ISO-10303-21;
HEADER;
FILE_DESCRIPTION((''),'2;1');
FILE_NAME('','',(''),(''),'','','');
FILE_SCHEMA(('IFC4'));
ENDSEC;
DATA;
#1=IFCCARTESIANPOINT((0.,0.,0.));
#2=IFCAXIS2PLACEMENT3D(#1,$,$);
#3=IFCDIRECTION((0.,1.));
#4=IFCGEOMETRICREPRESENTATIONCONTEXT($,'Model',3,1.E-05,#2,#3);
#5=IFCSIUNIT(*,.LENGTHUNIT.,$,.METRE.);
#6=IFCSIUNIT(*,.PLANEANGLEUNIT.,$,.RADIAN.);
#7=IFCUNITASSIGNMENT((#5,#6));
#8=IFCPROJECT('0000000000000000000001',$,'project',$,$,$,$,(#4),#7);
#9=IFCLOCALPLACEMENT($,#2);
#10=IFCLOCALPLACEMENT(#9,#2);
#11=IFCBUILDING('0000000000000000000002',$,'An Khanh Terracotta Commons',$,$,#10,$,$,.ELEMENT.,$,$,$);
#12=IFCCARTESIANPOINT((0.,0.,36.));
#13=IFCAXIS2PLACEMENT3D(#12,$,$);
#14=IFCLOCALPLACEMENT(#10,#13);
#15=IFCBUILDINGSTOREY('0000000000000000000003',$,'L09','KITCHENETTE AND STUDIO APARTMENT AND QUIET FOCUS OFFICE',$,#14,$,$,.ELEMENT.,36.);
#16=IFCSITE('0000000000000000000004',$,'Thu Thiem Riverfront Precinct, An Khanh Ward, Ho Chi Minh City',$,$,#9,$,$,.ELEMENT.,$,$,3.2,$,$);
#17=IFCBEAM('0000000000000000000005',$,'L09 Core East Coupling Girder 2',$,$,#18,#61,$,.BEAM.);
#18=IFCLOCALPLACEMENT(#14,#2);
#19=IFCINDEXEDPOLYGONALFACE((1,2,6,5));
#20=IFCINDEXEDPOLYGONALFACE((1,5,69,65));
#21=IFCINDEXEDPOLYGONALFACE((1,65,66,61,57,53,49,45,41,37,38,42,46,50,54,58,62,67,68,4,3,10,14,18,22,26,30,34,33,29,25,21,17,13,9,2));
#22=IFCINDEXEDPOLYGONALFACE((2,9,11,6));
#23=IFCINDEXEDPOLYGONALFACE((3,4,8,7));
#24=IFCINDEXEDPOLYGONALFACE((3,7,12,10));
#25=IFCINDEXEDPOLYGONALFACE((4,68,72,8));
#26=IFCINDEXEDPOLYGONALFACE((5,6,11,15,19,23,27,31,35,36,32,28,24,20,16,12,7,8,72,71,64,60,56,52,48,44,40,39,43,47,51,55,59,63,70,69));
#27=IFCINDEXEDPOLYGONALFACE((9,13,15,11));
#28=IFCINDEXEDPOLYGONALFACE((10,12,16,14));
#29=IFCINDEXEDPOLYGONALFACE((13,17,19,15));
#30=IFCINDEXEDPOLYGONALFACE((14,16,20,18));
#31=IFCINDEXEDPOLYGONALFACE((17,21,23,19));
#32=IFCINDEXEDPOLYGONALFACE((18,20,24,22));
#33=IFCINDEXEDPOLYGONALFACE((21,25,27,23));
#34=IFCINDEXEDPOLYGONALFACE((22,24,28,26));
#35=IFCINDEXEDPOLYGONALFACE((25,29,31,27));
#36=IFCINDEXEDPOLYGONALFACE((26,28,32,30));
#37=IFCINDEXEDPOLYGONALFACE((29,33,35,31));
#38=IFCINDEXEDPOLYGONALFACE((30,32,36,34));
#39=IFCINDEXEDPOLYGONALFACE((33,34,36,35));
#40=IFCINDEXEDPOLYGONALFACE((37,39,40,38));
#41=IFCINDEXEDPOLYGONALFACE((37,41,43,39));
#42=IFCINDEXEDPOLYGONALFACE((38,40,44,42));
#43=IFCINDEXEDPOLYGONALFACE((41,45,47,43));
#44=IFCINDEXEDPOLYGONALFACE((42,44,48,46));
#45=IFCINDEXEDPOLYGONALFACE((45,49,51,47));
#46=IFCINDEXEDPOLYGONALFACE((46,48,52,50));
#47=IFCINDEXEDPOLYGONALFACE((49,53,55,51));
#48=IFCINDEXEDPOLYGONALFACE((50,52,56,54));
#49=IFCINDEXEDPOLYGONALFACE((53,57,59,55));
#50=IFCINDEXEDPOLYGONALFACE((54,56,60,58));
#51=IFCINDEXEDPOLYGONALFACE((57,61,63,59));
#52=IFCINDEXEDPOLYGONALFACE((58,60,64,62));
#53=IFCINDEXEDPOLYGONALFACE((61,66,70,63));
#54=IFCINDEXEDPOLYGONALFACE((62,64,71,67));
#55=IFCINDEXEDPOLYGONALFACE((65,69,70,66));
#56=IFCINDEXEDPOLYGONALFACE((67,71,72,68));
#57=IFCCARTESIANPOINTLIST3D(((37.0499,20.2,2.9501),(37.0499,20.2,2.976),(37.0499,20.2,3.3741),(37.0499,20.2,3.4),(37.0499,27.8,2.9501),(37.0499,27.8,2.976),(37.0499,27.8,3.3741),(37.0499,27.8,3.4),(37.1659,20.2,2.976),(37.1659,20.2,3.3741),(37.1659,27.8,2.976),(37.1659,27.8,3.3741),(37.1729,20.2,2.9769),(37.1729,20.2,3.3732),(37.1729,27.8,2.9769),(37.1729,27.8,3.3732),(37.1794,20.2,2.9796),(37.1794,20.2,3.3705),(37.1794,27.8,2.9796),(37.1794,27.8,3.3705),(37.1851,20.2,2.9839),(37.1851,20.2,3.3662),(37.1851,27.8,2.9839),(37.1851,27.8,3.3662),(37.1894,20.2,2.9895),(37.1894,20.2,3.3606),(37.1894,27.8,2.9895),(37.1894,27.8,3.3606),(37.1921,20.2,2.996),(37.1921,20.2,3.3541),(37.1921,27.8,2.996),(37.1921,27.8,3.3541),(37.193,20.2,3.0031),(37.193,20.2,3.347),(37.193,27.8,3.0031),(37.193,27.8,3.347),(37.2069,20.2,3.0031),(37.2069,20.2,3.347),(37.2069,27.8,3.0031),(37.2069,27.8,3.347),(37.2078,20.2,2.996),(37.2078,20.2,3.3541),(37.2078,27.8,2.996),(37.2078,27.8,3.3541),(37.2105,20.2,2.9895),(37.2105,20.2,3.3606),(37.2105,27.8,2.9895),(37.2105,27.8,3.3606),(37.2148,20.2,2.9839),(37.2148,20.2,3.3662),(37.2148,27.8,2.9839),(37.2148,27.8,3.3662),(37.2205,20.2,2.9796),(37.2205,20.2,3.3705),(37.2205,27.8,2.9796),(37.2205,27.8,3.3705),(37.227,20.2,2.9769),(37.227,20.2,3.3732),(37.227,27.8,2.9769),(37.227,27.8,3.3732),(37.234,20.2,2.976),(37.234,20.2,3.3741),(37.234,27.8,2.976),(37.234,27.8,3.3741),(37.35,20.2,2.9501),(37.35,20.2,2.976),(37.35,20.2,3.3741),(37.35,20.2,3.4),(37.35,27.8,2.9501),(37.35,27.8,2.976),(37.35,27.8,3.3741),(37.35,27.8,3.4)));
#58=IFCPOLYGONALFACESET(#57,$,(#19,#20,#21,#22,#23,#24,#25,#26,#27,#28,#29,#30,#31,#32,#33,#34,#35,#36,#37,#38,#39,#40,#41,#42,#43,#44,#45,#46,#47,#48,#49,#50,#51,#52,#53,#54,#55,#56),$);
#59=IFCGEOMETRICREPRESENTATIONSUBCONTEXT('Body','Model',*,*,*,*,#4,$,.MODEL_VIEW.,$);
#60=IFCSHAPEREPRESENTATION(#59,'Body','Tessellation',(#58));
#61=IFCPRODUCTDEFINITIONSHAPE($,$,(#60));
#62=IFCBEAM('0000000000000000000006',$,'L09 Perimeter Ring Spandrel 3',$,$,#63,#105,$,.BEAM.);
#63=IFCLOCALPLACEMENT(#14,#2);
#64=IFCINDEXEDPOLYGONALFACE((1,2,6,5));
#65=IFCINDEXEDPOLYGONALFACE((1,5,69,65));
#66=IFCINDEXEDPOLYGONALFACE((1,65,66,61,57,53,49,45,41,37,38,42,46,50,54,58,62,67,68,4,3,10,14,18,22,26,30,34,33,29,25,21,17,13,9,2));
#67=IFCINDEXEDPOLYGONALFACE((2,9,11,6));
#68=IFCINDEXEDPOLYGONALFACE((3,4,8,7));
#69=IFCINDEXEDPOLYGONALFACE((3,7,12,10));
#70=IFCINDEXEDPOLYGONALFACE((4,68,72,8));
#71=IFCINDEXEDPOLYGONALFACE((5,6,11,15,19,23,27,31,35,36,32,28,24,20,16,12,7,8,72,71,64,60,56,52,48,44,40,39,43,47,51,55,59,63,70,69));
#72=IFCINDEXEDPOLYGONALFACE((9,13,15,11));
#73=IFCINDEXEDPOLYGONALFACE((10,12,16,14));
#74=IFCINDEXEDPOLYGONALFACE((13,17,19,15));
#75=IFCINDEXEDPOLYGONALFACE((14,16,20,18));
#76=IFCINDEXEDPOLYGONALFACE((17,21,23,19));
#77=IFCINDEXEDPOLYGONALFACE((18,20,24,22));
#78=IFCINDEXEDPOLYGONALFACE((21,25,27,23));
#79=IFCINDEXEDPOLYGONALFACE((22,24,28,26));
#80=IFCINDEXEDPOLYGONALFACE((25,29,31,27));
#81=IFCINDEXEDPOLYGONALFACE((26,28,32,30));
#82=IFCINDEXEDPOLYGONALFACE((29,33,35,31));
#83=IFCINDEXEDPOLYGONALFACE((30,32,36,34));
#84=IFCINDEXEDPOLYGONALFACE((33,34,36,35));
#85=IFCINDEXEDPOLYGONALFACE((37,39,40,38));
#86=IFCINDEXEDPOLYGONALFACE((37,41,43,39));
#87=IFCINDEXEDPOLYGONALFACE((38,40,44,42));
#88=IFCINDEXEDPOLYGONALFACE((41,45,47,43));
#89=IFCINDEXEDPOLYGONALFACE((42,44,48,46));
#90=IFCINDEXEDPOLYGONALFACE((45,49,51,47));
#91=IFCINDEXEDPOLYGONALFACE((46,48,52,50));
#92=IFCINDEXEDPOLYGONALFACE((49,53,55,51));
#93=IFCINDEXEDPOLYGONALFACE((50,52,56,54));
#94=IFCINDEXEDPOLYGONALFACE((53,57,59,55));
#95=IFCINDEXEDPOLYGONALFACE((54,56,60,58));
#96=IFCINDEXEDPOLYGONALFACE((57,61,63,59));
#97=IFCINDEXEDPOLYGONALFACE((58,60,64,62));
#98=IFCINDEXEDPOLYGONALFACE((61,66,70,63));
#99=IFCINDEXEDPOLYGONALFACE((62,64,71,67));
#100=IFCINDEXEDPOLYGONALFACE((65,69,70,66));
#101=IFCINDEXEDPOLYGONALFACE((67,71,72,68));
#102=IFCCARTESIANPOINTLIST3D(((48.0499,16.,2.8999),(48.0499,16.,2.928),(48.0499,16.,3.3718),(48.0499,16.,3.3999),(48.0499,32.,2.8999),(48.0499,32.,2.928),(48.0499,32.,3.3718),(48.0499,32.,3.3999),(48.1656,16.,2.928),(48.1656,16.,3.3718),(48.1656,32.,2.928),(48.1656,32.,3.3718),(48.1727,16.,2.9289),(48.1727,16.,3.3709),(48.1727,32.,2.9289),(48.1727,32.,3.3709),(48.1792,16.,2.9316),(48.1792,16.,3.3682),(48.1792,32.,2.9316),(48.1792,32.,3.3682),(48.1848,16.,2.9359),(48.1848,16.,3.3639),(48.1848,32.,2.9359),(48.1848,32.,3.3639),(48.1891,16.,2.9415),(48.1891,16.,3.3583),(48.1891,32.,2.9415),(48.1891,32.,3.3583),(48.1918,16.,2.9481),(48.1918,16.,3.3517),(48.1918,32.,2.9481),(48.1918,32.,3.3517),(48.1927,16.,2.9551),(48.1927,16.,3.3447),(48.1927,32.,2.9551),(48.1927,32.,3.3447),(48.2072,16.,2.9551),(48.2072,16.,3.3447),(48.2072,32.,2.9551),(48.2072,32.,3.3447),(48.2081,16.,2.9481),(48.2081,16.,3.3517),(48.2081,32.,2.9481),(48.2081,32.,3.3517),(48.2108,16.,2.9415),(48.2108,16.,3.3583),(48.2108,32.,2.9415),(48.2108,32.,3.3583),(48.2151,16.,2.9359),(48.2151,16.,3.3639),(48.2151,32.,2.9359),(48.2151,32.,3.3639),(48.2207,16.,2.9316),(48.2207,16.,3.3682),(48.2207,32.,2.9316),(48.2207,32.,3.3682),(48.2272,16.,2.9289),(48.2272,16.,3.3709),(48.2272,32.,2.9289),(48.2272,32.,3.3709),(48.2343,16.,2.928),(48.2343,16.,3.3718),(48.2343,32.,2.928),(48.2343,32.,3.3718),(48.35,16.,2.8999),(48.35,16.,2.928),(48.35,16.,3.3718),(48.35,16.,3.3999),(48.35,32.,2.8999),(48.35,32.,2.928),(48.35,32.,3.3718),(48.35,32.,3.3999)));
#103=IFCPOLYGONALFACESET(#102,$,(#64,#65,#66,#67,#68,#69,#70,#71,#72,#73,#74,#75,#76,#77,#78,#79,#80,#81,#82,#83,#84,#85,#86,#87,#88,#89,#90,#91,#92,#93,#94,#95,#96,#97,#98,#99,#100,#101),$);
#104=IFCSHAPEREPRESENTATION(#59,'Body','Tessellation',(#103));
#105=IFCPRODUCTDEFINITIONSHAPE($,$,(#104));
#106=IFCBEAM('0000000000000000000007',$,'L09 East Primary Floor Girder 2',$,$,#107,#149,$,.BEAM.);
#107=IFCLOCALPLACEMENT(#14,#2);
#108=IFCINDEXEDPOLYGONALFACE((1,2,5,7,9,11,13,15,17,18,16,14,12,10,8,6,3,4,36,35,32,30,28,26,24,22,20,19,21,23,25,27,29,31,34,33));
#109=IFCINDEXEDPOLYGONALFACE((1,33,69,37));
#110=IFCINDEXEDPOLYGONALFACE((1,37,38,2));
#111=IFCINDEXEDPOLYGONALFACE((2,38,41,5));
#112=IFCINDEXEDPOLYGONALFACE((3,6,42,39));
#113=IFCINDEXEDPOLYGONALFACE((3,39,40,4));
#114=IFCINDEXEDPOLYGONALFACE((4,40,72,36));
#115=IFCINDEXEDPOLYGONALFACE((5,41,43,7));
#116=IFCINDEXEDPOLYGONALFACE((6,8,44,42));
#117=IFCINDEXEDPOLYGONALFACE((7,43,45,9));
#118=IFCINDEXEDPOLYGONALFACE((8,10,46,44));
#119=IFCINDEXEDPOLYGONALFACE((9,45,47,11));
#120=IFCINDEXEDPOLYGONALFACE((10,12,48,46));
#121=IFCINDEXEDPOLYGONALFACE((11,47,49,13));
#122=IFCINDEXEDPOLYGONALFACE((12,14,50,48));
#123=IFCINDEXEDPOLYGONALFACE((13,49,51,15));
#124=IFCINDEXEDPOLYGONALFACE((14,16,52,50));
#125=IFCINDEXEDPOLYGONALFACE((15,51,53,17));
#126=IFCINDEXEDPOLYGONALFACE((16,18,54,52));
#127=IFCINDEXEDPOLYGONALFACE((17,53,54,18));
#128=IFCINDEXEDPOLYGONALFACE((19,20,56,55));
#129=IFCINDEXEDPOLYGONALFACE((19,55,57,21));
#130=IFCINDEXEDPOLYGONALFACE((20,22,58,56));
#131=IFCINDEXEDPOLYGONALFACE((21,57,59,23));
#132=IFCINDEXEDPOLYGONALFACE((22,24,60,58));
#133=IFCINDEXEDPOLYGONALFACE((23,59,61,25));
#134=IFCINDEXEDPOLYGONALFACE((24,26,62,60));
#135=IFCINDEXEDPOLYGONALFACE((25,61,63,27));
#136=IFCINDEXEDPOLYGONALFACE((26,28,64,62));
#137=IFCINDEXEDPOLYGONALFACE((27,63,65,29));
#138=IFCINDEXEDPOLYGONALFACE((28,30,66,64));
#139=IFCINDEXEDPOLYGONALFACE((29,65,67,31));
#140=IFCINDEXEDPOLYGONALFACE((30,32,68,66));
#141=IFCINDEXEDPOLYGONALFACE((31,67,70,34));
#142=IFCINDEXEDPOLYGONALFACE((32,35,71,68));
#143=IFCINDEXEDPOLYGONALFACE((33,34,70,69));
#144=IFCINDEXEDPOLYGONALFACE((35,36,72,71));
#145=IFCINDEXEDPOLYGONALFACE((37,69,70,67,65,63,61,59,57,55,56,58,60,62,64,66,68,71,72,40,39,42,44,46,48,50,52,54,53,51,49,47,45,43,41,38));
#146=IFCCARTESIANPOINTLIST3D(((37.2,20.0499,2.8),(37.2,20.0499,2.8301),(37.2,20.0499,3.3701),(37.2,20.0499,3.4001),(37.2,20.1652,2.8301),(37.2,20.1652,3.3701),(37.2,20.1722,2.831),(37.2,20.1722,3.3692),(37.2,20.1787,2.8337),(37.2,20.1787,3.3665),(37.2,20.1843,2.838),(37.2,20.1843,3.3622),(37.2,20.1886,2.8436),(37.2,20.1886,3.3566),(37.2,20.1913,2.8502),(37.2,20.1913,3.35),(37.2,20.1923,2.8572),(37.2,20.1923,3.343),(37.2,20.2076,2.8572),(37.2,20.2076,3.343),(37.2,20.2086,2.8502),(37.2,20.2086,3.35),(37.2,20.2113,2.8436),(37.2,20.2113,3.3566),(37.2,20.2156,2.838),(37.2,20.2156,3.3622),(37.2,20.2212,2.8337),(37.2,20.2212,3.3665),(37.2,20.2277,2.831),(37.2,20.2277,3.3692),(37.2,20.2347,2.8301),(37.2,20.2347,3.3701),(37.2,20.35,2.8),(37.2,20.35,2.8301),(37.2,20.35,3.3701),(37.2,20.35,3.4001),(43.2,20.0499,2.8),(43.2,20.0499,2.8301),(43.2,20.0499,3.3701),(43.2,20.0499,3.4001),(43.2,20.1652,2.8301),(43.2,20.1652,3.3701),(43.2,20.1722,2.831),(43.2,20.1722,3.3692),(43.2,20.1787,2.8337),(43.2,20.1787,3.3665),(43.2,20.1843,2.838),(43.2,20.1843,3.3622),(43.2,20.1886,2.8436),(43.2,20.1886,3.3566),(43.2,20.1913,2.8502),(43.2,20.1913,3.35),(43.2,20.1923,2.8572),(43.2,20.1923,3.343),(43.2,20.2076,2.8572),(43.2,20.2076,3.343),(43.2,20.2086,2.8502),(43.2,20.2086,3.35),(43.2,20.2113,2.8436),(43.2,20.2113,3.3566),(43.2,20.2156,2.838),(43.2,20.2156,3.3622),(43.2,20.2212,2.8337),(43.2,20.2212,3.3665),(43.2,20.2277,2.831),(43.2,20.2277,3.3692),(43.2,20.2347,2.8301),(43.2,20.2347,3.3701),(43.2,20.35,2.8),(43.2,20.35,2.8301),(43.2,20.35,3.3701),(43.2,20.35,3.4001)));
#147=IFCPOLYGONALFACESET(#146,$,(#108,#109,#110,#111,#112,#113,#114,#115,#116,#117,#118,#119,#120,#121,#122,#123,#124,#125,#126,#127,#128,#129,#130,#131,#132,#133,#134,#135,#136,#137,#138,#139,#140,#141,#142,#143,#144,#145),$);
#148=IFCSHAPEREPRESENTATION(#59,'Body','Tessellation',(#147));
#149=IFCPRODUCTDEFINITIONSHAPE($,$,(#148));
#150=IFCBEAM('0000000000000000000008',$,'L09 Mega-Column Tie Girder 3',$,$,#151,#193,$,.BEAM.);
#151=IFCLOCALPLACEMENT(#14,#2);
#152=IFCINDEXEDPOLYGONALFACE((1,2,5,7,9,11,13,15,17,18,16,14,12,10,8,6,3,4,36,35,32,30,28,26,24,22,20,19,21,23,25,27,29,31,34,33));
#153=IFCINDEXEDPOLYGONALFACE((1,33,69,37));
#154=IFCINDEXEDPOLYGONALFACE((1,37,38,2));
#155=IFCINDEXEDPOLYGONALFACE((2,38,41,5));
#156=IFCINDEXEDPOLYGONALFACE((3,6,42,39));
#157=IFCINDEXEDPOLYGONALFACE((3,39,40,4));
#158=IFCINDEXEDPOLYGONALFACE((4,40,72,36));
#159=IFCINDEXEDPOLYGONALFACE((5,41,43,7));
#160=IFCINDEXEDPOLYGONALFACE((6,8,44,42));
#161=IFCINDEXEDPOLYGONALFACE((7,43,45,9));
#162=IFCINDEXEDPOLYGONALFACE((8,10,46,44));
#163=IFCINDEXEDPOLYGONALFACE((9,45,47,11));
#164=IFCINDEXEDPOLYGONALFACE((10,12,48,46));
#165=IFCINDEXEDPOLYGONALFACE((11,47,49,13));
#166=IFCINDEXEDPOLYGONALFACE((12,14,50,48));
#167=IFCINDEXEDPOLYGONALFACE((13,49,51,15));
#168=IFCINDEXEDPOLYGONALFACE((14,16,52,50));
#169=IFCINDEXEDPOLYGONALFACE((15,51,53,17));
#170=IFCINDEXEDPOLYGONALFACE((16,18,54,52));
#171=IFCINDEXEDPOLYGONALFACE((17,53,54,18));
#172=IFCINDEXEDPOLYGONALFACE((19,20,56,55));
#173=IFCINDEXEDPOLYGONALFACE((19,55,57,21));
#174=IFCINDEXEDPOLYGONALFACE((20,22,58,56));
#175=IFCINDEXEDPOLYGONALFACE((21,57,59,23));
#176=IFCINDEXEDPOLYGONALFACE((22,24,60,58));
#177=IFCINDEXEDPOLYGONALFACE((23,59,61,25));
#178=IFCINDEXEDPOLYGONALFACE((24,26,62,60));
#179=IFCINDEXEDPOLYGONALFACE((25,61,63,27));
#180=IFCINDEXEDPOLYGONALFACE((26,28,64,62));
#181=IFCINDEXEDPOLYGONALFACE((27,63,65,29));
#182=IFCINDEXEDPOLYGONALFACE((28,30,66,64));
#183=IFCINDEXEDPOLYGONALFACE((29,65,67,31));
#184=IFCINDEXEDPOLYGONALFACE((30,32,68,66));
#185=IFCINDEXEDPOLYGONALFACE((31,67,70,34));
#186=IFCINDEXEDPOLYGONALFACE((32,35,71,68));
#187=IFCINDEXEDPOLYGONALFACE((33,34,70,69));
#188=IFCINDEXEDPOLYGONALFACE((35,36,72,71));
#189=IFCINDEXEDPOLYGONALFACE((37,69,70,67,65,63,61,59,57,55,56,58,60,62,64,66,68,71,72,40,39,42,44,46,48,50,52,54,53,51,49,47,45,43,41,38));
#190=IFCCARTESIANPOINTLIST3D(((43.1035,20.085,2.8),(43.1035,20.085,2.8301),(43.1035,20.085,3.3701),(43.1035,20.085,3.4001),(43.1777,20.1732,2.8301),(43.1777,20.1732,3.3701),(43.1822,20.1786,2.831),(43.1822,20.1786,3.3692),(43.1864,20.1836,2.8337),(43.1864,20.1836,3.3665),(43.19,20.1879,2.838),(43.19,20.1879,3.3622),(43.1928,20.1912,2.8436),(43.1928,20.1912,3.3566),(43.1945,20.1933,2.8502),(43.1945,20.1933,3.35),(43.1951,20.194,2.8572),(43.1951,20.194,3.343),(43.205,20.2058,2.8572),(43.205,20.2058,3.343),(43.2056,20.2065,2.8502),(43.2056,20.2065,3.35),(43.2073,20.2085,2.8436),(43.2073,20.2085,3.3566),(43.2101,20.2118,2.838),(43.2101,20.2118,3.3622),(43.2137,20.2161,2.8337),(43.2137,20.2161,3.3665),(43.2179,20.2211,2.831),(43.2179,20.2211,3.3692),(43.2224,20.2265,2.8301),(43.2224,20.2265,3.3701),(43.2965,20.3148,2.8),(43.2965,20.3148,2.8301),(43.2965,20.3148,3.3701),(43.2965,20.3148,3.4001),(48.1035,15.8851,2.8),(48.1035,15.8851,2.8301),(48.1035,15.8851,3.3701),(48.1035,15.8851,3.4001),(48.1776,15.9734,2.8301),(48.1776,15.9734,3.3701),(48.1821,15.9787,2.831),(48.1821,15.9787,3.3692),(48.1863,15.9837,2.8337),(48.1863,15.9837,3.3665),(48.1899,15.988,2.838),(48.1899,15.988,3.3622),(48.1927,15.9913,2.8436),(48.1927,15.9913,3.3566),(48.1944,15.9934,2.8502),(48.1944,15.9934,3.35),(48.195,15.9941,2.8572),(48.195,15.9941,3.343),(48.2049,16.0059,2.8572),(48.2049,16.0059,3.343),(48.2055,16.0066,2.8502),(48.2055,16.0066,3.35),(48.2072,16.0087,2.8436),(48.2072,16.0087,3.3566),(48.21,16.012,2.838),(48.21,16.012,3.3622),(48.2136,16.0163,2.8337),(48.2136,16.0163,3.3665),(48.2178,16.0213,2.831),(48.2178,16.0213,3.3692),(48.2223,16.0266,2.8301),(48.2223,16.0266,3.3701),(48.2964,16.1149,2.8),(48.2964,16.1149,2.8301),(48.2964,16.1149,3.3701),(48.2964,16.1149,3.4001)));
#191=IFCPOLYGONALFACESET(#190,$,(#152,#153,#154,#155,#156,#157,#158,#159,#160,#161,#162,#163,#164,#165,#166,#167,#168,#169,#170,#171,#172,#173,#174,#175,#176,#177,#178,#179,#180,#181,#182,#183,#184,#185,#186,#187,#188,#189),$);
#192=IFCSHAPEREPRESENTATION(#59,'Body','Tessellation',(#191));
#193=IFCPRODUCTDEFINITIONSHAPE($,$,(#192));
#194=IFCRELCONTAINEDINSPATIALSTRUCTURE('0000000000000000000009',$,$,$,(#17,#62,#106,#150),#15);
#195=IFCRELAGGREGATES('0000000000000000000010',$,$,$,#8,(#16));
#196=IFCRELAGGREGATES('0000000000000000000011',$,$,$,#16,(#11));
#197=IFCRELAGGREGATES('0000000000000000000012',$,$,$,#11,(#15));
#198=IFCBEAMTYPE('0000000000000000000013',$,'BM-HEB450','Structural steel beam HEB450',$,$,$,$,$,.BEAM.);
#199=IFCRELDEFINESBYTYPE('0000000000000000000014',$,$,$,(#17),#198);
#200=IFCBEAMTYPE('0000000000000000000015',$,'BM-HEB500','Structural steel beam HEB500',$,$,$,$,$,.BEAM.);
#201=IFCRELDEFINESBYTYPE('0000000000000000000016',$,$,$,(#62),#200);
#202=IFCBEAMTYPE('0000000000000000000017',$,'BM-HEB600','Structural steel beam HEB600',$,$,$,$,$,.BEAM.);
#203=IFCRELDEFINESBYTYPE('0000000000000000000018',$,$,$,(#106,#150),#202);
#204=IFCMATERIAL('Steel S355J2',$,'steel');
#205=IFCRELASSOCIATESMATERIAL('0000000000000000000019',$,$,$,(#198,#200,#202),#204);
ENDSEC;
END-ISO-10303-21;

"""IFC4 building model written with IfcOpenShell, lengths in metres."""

from ifc_helpers import new_model, si_unit, direction, frame, origin, origin_2d, place, context, subcontext, project, spatial, i_section, extrude, material, material_profile, profile_set, type_object, element, save


model = new_model("IFC4")

# Units and contexts
model_context = context("Model", 3, precision=1e-05, world=origin(), true_north=direction((0.0, 1.0)))
body_context = subcontext(model_context, "Body", "Model", "MODEL_VIEW")
ifc_project = project(units=[si_unit("LENGTHUNIT", "METRE"), si_unit("PLANEANGLEUNIT", "RADIAN")], contexts=[model_context])

# Site, building, storey
site_placement = place(None, origin())
site = spatial("IfcSite", under=ifc_project, at=site_placement, Name="Thu Thiem Riverfront Precinct, An Khanh Ward, Ho Chi Minh City", CompositionType="ELEMENT", RefElevation=3.2)
building_placement = place(site_placement, origin())
building = spatial("IfcBuilding", under=site, at=building_placement, Name="An Khanh Terracotta Commons", CompositionType="ELEMENT")
storey_placement = place(building_placement, frame((0.0, 0.0, 36.0)))
storey = spatial("IfcBuildingStorey", under=building, at=storey_placement, Name="L09", Description="KITCHENETTE AND STUDIO APARTMENT AND QUIET FOCUS OFFICE", CompositionType="ELEMENT", Elevation=36.0)

# Beams
ifc_material_1 = material(Name="Steel S355J2", Category="steel")
ifc_material_profile_1 = material_profile(ifc_material_1, i_section(OverallWidth=0.3, OverallDepth=0.45, WebThickness=0.0139, FlangeThickness=0.0259, FilletRadius=0.0271, at=origin_2d()), Name="HEB450")
ifc_profile_set_1 = profile_set([ifc_material_profile_1], Name="Steel S355J2")
beam_type_1 = type_object("IfcBeamType", Name="BM-HEB450", Description="Structural steel beam HEB450", PredefinedType="BEAM", material=ifc_profile_set_1)
beam_1_placement = place(storey_placement, frame((37.2, 20.2, 3.175), z_axis=(0.0, 1.0, 0.0), x_axis=(-1.0, 0.0, 0.0)))
element("IfcBeam", 1, at=beam_1_placement, inside=storey, type_object=beam_type_1, Name="L09 Core East Coupling Girder 2", PredefinedType="BEAM", context=body_context, shape_type="SweptSolid", body=[
    extrude(i_section(OverallWidth=0.3, OverallDepth=0.45, WebThickness=0.0139, FlangeThickness=0.0259, FilletRadius=0.0271, at=origin_2d()), origin(), (0.0, 0.0, 1.0), 7.6001),
])
ifc_material_profile_2 = material_profile(ifc_material_1, i_section(OverallWidth=0.3, OverallDepth=0.5, WebThickness=0.0144, FlangeThickness=0.0281, FilletRadius=0.0271, at=origin_2d()), Name="HEB500")
ifc_profile_set_2 = profile_set([ifc_material_profile_2], Name="Steel S355J2")
beam_type_2 = type_object("IfcBeamType", Name="BM-HEB500", Description="Structural steel beam HEB500", PredefinedType="BEAM", material=ifc_profile_set_2)
beam_2_placement = place(storey_placement, frame((48.2, 16.0, 3.1499), z_axis=(0.0, 1.0, 0.0), x_axis=(-1.0, 0.0, 0.0)))
element("IfcBeam", 2, at=beam_2_placement, inside=storey, type_object=beam_type_2, Name="L09 Perimeter Ring Spandrel 3", PredefinedType="BEAM", context=body_context, shape_type="SweptSolid", body=[
    extrude(i_section(OverallWidth=0.3, OverallDepth=0.5, WebThickness=0.0144, FlangeThickness=0.0281, FilletRadius=0.0271, at=origin_2d()), origin(), (0.0, 0.0, 1.0), 16.0),
])
ifc_material_profile_3 = material_profile(ifc_material_1, i_section(OverallWidth=0.3, OverallDepth=0.6001, WebThickness=0.0154, FlangeThickness=0.03, FilletRadius=0.0271, at=origin_2d()), Name="HEB600")
ifc_profile_set_3 = profile_set([ifc_material_profile_3], Name="Steel S355J2")
beam_type_3 = type_object("IfcBeamType", Name="BM-HEB600", Description="Structural steel beam HEB600", PredefinedType="BEAM", material=ifc_profile_set_3)
beam_3_placement = place(storey_placement, frame((37.2, 20.2, 3.1001), z_axis=(1.0, 0.0, 0.0), x_axis=(0.0, 1.0, 0.0)))
element("IfcBeam", 3, at=beam_3_placement, inside=storey, type_object=beam_type_3, Name="L09 East Primary Floor Girder 2", PredefinedType="BEAM", context=body_context, shape_type="SweptSolid", body=[
    extrude(i_section(OverallWidth=0.3, OverallDepth=0.6001, WebThickness=0.0154, FlangeThickness=0.03, FilletRadius=0.0271, at=origin_2d()), origin(), (0.0, 0.0, 1.0), 6.0),
])
beam_4_placement = place(storey_placement, frame((48.2, 16.0, 3.1001), z_axis=(-0.765709, 0.643188, 0.0), x_axis=(-0.643188, -0.765709, 0.0)))
element("IfcBeam", 4, at=beam_4_placement, inside=storey, type_object=beam_type_3, Name="L09 Mega-Column Tie Girder 3", PredefinedType="BEAM", context=body_context, shape_type="SweptSolid", body=[
    extrude(i_section(OverallWidth=0.3, OverallDepth=0.6001, WebThickness=0.0154, FlangeThickness=0.03, FilletRadius=0.0271, at=origin_2d()), origin(), (0.0, 0.0, 1.0), 6.5298),
])

save(model, "model.ifc")
